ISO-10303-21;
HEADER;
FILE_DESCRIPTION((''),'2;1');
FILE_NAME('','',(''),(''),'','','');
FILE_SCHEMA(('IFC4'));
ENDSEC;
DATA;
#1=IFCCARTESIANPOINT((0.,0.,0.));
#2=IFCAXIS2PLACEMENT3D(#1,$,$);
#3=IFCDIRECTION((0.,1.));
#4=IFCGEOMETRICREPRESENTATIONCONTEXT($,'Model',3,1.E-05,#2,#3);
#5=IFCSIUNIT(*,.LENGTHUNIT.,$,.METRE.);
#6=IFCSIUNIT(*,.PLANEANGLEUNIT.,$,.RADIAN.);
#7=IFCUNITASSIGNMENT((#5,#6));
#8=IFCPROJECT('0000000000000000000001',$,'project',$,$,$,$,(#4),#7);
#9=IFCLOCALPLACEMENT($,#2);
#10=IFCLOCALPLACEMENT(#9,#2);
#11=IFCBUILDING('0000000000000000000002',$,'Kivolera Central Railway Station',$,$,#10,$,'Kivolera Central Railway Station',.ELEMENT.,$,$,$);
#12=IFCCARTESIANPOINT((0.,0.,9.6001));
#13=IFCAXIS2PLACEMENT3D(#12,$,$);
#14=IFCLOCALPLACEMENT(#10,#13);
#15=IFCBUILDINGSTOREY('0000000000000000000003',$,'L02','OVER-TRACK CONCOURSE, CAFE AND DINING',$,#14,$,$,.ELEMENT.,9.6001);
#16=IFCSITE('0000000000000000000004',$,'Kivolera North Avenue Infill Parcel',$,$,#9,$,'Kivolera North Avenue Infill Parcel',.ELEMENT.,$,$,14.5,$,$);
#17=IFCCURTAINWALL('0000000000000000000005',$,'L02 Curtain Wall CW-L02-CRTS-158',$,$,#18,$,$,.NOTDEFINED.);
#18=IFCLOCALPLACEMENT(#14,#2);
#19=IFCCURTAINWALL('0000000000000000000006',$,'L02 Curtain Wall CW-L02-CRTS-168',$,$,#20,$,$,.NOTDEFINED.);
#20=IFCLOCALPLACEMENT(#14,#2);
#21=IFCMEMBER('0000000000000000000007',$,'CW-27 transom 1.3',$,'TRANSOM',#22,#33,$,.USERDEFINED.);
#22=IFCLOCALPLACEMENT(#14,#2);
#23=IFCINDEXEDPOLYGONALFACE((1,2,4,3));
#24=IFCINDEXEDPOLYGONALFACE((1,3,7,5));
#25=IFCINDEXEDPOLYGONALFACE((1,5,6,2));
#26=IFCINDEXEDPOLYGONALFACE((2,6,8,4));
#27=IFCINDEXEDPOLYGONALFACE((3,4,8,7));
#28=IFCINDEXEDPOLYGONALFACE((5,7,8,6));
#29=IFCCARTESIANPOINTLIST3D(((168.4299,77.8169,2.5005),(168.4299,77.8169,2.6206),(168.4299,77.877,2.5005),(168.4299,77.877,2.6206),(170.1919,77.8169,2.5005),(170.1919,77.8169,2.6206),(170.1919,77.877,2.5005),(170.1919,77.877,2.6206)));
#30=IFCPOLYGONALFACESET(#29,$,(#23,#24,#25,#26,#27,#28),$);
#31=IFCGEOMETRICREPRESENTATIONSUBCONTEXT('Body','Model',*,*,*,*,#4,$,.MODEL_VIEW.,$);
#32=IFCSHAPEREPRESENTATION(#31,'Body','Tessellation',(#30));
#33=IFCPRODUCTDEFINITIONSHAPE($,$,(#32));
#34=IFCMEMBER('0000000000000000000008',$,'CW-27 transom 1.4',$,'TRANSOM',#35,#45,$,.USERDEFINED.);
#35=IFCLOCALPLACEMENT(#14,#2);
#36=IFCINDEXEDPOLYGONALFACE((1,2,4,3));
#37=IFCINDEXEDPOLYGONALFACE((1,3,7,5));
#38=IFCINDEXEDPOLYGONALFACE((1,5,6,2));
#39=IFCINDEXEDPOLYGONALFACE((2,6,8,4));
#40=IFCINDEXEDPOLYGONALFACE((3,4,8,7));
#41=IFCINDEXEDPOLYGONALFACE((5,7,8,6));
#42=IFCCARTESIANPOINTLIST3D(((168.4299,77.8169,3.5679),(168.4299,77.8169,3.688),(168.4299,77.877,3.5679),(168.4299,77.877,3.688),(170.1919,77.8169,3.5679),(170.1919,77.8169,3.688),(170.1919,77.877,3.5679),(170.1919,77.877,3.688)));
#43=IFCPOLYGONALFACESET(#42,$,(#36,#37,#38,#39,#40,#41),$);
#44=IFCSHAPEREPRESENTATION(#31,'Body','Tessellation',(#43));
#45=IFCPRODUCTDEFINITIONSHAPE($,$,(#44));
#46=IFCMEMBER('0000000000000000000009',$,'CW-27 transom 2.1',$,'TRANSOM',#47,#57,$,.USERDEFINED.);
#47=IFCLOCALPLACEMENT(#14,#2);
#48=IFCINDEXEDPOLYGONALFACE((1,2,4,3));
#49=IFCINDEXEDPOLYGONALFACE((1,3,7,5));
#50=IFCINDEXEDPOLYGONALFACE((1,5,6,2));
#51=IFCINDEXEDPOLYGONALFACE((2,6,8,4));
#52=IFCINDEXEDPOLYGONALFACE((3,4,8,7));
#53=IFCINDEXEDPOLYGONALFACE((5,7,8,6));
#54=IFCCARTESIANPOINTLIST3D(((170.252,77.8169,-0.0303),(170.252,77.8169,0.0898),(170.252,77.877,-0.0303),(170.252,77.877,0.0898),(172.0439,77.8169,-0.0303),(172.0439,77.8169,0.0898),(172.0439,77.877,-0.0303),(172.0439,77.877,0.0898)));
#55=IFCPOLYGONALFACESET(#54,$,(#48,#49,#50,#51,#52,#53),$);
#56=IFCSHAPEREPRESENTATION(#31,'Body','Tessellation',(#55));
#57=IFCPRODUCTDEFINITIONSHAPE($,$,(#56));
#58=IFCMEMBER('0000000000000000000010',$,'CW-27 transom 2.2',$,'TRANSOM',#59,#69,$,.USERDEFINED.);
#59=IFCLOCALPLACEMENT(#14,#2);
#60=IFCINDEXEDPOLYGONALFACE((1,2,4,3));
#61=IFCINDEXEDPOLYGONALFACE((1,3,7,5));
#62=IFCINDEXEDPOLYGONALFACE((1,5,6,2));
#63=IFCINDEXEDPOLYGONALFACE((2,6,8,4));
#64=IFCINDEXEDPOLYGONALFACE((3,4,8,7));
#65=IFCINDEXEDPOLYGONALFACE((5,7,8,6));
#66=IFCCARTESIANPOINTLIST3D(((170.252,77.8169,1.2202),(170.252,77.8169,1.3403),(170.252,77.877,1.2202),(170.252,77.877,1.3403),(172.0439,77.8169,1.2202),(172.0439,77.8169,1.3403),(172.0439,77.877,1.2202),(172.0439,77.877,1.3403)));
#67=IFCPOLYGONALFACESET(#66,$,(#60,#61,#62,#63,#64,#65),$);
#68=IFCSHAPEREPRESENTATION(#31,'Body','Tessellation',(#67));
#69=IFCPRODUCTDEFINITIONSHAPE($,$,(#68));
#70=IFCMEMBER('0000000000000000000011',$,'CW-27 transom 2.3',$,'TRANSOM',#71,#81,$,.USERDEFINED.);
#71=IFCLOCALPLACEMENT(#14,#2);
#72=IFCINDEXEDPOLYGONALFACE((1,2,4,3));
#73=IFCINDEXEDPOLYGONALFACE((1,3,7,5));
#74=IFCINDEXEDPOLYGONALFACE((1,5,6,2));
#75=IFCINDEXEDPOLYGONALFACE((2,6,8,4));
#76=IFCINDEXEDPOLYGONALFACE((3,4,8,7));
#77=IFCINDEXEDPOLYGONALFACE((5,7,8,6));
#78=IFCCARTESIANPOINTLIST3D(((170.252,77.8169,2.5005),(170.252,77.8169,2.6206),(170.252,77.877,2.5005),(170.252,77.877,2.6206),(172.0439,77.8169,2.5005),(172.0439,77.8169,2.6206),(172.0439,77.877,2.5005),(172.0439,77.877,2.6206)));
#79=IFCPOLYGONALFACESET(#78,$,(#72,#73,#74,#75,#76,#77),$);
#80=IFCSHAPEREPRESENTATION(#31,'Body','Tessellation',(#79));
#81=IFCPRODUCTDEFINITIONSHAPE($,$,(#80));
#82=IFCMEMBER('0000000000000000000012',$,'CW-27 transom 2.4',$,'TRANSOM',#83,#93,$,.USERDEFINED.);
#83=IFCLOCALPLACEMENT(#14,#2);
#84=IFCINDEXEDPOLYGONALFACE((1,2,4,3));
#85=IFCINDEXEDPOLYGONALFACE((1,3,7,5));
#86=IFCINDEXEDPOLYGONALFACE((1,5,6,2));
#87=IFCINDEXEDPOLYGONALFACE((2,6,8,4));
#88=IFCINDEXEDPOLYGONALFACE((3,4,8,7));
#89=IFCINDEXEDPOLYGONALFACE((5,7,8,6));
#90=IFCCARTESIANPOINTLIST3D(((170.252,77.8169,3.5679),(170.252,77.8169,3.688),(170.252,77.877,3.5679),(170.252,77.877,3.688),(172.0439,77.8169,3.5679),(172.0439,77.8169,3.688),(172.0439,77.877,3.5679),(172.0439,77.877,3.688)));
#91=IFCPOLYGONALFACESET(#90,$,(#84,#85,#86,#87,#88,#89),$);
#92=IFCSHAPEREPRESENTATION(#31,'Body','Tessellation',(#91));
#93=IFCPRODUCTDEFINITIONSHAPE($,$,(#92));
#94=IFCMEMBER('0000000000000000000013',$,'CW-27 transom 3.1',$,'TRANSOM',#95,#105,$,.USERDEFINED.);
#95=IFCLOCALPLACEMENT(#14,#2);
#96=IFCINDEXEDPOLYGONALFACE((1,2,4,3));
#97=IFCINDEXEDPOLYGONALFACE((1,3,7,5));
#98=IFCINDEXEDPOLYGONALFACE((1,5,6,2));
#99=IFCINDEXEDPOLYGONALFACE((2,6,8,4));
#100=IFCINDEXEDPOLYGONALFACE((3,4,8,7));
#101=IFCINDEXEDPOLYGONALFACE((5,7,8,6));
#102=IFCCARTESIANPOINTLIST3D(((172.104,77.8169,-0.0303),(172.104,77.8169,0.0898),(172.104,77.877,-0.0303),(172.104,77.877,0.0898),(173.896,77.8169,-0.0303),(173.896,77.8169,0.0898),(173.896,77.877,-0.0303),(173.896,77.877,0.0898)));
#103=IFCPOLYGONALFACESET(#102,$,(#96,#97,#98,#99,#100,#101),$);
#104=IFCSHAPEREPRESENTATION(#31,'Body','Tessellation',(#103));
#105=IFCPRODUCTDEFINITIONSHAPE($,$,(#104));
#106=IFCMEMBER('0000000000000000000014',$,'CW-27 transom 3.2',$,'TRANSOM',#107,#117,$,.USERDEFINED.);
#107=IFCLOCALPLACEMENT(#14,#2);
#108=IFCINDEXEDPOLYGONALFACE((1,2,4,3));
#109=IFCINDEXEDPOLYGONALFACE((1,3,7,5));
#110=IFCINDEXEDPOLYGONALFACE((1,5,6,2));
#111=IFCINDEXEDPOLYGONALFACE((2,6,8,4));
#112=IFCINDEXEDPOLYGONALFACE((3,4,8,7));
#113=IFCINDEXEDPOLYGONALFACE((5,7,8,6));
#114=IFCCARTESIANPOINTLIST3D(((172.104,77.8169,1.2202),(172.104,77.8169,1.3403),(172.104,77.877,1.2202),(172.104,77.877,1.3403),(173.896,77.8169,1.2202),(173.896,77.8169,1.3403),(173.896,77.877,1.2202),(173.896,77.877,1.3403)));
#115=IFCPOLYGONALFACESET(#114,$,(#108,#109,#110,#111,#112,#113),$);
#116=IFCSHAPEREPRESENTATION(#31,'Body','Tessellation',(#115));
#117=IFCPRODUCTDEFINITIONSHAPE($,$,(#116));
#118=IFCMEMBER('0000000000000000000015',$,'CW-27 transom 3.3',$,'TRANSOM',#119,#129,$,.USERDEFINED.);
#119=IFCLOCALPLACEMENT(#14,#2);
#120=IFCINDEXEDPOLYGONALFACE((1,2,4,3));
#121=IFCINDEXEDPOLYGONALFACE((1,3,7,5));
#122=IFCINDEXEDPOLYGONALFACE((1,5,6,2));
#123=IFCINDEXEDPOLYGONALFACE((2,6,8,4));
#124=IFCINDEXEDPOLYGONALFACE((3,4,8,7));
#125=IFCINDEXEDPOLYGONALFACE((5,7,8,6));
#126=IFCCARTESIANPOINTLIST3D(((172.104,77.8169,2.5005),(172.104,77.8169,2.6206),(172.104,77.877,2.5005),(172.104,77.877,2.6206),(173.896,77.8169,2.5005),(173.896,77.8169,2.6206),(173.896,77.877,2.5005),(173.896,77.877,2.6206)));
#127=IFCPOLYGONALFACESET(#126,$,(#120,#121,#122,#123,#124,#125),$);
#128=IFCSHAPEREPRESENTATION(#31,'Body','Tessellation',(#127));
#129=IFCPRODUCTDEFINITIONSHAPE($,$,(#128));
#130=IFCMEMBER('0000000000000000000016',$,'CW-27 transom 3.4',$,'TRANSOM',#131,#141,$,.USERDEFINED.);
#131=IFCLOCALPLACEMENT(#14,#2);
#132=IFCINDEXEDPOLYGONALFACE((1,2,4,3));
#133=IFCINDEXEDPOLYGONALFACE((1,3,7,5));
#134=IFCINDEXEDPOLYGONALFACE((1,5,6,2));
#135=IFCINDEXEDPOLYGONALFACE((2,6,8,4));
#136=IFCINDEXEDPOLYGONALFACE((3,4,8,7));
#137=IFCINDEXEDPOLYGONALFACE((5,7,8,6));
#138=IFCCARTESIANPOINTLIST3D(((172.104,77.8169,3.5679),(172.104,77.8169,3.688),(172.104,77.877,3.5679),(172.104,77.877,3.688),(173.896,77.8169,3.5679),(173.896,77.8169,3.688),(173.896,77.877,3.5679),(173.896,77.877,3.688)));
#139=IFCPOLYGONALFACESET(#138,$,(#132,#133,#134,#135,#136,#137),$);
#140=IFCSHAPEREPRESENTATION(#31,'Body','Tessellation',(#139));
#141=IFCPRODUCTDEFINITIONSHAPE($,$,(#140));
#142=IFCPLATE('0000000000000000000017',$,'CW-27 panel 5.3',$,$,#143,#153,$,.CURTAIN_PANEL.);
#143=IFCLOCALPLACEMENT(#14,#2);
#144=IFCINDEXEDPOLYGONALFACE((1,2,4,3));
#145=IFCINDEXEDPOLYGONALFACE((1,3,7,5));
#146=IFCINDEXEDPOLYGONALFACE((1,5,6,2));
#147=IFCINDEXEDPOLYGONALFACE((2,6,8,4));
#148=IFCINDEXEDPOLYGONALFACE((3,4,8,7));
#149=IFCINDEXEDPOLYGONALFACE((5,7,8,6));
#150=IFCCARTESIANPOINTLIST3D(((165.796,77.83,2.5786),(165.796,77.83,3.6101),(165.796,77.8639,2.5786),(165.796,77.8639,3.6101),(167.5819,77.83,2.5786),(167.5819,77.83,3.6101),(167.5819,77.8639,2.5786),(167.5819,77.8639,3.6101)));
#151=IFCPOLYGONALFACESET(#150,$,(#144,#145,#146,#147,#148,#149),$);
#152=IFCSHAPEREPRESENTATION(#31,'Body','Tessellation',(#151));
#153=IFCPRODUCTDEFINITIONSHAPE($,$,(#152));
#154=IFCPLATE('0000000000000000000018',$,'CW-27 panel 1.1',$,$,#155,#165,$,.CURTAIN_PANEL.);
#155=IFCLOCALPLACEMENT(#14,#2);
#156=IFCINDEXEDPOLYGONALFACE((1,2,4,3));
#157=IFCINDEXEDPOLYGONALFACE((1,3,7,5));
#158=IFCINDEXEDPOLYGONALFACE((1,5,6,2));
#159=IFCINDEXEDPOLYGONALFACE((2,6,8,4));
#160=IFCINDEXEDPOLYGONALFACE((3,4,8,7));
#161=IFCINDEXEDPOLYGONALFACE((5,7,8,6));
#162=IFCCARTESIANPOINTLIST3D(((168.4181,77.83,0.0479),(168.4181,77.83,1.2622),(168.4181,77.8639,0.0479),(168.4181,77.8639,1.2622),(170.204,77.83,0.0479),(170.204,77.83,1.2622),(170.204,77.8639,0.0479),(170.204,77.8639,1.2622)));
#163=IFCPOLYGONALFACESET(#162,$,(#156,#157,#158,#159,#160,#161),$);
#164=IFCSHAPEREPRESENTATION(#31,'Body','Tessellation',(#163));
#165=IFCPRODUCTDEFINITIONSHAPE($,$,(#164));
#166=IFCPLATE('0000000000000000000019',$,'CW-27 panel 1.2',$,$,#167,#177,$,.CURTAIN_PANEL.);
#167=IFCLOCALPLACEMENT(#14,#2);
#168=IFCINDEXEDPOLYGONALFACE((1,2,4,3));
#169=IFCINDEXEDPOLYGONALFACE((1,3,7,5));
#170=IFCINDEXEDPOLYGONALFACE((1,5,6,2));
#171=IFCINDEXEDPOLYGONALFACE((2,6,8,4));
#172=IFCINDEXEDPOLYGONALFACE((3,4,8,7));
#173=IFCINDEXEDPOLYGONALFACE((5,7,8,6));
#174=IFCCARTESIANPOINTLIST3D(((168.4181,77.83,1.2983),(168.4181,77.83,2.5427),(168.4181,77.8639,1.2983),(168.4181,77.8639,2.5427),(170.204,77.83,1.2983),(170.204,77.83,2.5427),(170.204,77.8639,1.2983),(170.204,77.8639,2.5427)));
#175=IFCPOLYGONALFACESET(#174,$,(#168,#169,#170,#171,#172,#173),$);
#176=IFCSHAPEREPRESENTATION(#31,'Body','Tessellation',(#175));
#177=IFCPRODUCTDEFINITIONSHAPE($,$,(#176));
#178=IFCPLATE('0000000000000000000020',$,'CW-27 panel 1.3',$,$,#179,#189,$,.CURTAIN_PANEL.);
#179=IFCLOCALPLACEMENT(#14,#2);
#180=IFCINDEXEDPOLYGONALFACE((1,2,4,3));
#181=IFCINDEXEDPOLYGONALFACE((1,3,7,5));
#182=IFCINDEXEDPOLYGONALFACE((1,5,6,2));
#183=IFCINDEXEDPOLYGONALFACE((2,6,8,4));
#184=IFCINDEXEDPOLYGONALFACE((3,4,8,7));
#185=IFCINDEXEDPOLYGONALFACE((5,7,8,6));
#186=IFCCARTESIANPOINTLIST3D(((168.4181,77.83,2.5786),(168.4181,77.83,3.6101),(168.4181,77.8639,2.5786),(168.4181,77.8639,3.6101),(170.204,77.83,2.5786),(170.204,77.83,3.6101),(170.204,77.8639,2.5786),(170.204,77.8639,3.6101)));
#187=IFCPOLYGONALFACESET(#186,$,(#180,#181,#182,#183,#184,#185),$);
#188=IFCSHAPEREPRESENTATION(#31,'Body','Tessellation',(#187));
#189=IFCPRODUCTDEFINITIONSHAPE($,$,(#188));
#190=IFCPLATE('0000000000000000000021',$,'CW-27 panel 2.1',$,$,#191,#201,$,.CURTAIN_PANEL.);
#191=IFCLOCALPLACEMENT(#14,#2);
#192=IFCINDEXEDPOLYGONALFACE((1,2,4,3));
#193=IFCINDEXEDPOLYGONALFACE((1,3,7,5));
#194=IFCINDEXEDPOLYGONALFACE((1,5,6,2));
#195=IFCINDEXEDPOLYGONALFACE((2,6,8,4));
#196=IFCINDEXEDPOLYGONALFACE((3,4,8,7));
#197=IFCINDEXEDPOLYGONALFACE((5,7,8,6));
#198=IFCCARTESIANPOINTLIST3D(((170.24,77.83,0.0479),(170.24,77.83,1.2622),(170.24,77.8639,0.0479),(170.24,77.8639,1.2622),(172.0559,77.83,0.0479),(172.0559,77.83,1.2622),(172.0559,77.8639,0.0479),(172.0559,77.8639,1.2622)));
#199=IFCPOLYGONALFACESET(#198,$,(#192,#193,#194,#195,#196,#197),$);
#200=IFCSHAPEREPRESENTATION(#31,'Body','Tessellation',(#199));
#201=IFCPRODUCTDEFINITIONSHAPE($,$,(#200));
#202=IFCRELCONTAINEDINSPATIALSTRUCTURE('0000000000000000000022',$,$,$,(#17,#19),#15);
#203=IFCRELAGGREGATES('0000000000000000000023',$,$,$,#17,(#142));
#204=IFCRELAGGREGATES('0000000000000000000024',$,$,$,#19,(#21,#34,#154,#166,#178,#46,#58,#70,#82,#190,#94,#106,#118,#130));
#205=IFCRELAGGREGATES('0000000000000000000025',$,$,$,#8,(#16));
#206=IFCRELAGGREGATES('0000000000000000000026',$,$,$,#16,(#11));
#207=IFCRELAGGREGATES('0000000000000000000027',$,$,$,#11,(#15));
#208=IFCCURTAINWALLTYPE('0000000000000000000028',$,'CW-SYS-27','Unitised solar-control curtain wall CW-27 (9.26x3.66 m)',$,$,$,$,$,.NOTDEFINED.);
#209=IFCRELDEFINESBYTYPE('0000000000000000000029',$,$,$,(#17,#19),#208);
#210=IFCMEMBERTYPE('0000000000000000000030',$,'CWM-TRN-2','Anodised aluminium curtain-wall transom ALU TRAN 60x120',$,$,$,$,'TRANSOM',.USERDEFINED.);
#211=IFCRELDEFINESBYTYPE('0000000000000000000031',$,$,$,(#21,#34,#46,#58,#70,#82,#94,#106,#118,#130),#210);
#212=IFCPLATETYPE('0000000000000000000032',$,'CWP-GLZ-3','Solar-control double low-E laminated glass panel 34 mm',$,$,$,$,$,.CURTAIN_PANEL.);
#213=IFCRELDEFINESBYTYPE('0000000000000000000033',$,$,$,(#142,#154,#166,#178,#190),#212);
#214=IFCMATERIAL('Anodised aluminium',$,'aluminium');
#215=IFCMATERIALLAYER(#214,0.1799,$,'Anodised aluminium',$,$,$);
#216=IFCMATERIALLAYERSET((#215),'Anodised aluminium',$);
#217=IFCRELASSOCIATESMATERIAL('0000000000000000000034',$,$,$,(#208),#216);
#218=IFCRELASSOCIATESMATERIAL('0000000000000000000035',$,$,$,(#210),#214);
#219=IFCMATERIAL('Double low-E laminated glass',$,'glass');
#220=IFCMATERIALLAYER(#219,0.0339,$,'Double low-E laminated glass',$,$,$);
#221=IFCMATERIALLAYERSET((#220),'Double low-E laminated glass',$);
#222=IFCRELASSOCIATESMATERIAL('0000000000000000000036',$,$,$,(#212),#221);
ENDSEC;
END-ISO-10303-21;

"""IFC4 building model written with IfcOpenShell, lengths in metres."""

from ifc_helpers import new_model, si_unit, direction, frame, origin, origin_2d, place, context, subcontext, project, spatial, rectangle, extrude, material, layer, layer_set, material_profile, profile_set, type_object, element, aggregate, save


model = new_model("IFC4")

# Units and contexts
model_context = context("Model", 3, precision=1e-05, world=origin(), true_north=direction((0.0, 1.0)))
body_context = subcontext(model_context, "Body", "Model", "MODEL_VIEW")
ifc_project = project(units=[si_unit("LENGTHUNIT", "METRE"), si_unit("PLANEANGLEUNIT", "RADIAN")], contexts=[model_context])

# Site, building, storey
site_placement = place(None, origin())
site = spatial("IfcSite", under=ifc_project, at=site_placement, Name="Kivolera North Avenue Infill Parcel", LongName="Kivolera North Avenue Infill Parcel", CompositionType="ELEMENT", RefElevation=14.5)
building_placement = place(site_placement, origin())
building = spatial("IfcBuilding", under=site, at=building_placement, Name="Kivolera Central Railway Station", LongName="Kivolera Central Railway Station", CompositionType="ELEMENT")
storey_placement = place(building_placement, frame((0.0, 0.0, 9.6001)))
storey = spatial("IfcBuildingStorey", under=building, at=storey_placement, Name="L02", Description="OVER-TRACK CONCOURSE, CAFE AND DINING", CompositionType="ELEMENT", Elevation=9.6001)

# Curtain wall
ifc_material_1 = material(Name="Anodised aluminium", Category="aluminium")
ifc_layer_1 = layer(ifc_material_1, 0.1799, Name="Anodised aluminium")
ifc_layer_set_1 = layer_set([ifc_layer_1], Name="Anodised aluminium")
curtain_wall_type = type_object("IfcCurtainWallType", Name="CW-SYS-27", Description="Unitised solar-control curtain wall CW-27 (9.26x3.66 m)", PredefinedType="NOTDEFINED", material=ifc_layer_set_1)
curtain_wall_1_placement = place(storey_placement, origin())
curtain_wall_1 = element("IfcCurtainWall", 1, at=curtain_wall_1_placement, inside=storey, type_object=curtain_wall_type, Name="L02 Curtain Wall CW-L02-CRTS-158", PredefinedType="NOTDEFINED")

# Curtain wall, members
curtain_wall_2_placement = place(storey_placement, origin())
curtain_wall_2 = element("IfcCurtainWall", 2, at=curtain_wall_2_placement, inside=storey, type_object=curtain_wall_type, Name="L02 Curtain Wall CW-L02-CRTS-168", PredefinedType="NOTDEFINED")
ifc_material_profile_1 = material_profile(ifc_material_1, rectangle(XDim=0.0601, YDim=0.1201, at=origin_2d()), Name="ALU TRAN 60x120")
ifc_profile_set_1 = profile_set([ifc_material_profile_1], Name="Anodised aluminium")
member_type_1 = type_object("IfcMemberType", Name="CWM-TRN-2", Description="Anodised aluminium curtain-wall transom ALU TRAN 60x120", ElementType="TRANSOM", PredefinedType="USERDEFINED", material=ifc_profile_set_1)
member_1_placement = place(storey_placement, frame((168.4299, 77.8469, 2.5605), z_axis=(1.0, 0.0, 0.0), x_axis=(0.0, 1.0, 0.0)))
member_1 = element("IfcMember", 3, at=member_1_placement, type_object=member_type_1, Name="CW-27 transom 1.3", ObjectType="TRANSOM", PredefinedType="USERDEFINED", context=body_context, shape_type="SweptSolid", body=[
    extrude(rectangle(XDim=0.0601, YDim=0.1201, at=origin_2d()), origin(), (0.0, 0.0, 1.0), 1.762),
])
member_2_placement = place(storey_placement, frame((168.4299, 77.8469, 3.6279), z_axis=(1.0, 0.0, 0.0), x_axis=(0.0, 1.0, 0.0)))
member_2 = element("IfcMember", 4, at=member_2_placement, type_object=member_type_1, Name="CW-27 transom 1.4", ObjectType="TRANSOM", PredefinedType="USERDEFINED", context=body_context, shape_type="SweptSolid", body=[
    extrude(rectangle(XDim=0.0601, YDim=0.1201, at=origin_2d()), origin(), (0.0, 0.0, 1.0), 1.762),
])
member_3_placement = place(storey_placement, frame((170.252, 77.8469, 0.0298), z_axis=(1.0, 0.0, 0.0), x_axis=(0.0, 1.0, 0.0)))
member_3 = element("IfcMember", 5, at=member_3_placement, type_object=member_type_1, Name="CW-27 transom 2.1", ObjectType="TRANSOM", PredefinedType="USERDEFINED", context=body_context, shape_type="SweptSolid", body=[
    extrude(rectangle(XDim=0.0601, YDim=0.1201, at=origin_2d()), origin(), (0.0, 0.0, 1.0), 1.792),
])
member_4_placement = place(storey_placement, frame((170.252, 77.8469, 1.2803), z_axis=(1.0, 0.0, 0.0), x_axis=(0.0, 1.0, 0.0)))
member_4 = element("IfcMember", 6, at=member_4_placement, type_object=member_type_1, Name="CW-27 transom 2.2", ObjectType="TRANSOM", PredefinedType="USERDEFINED", context=body_context, shape_type="SweptSolid", body=[
    extrude(rectangle(XDim=0.0601, YDim=0.1201, at=origin_2d()), origin(), (0.0, 0.0, 1.0), 1.792),
])
member_5_placement = place(storey_placement, frame((170.252, 77.8469, 2.5605), z_axis=(1.0, 0.0, 0.0), x_axis=(0.0, 1.0, 0.0)))
member_5 = element("IfcMember", 7, at=member_5_placement, type_object=member_type_1, Name="CW-27 transom 2.3", ObjectType="TRANSOM", PredefinedType="USERDEFINED", context=body_context, shape_type="SweptSolid", body=[
    extrude(rectangle(XDim=0.0601, YDim=0.1201, at=origin_2d()), origin(), (0.0, 0.0, 1.0), 1.792),
])
member_6_placement = place(storey_placement, frame((170.252, 77.8469, 3.6279), z_axis=(1.0, 0.0, 0.0), x_axis=(0.0, 1.0, 0.0)))
member_6 = element("IfcMember", 8, at=member_6_placement, type_object=member_type_1, Name="CW-27 transom 2.4", ObjectType="TRANSOM", PredefinedType="USERDEFINED", context=body_context, shape_type="SweptSolid", body=[
    extrude(rectangle(XDim=0.0601, YDim=0.1201, at=origin_2d()), origin(), (0.0, 0.0, 1.0), 1.792),
])
member_7_placement = place(storey_placement, frame((172.104, 77.8469, 0.0298), z_axis=(1.0, 0.0, 0.0), x_axis=(0.0, 1.0, 0.0)))
member_7 = element("IfcMember", 9, at=member_7_placement, type_object=member_type_1, Name="CW-27 transom 3.1", ObjectType="TRANSOM", PredefinedType="USERDEFINED", context=body_context, shape_type="SweptSolid", body=[
    extrude(rectangle(XDim=0.0601, YDim=0.1201, at=origin_2d()), origin(), (0.0, 0.0, 1.0), 1.792),
])
member_8_placement = place(storey_placement, frame((172.104, 77.8469, 1.2803), z_axis=(1.0, 0.0, 0.0), x_axis=(0.0, 1.0, 0.0)))
member_8 = element("IfcMember", 10, at=member_8_placement, type_object=member_type_1, Name="CW-27 transom 3.2", ObjectType="TRANSOM", PredefinedType="USERDEFINED", context=body_context, shape_type="SweptSolid", body=[
    extrude(rectangle(XDim=0.0601, YDim=0.1201, at=origin_2d()), origin(), (0.0, 0.0, 1.0), 1.792),
])
member_9_placement = place(storey_placement, frame((172.104, 77.8469, 2.5605), z_axis=(1.0, 0.0, 0.0), x_axis=(0.0, 1.0, 0.0)))
member_9 = element("IfcMember", 11, at=member_9_placement, type_object=member_type_1, Name="CW-27 transom 3.3", ObjectType="TRANSOM", PredefinedType="USERDEFINED", context=body_context, shape_type="SweptSolid", body=[
    extrude(rectangle(XDim=0.0601, YDim=0.1201, at=origin_2d()), origin(), (0.0, 0.0, 1.0), 1.792),
])
member_10_placement = place(storey_placement, frame((172.104, 77.8469, 3.6279), z_axis=(1.0, 0.0, 0.0), x_axis=(0.0, 1.0, 0.0)))
member_10 = element("IfcMember", 12, at=member_10_placement, type_object=member_type_1, Name="CW-27 transom 3.4", ObjectType="TRANSOM", PredefinedType="USERDEFINED", context=body_context, shape_type="SweptSolid", body=[
    extrude(rectangle(XDim=0.0601, YDim=0.1201, at=origin_2d()), origin(), (0.0, 0.0, 1.0), 1.792),
])

# Plates
ifc_material_2 = material(Name="Double low-E laminated glass", Category="glass")
ifc_layer_2 = layer(ifc_material_2, 0.0339, Name="Double low-E laminated glass")
ifc_layer_set_2 = layer_set([ifc_layer_2], Name="Double low-E laminated glass")
plate_type = type_object("IfcPlateType", Name="CWP-GLZ-3", Description="Solar-control double low-E laminated glass panel 34 mm", PredefinedType="CURTAIN_PANEL", material=ifc_layer_set_2)
plate_1_placement = place(storey_placement, frame((166.689, 77.8469, 2.5786), z_axis=(0.0, 0.0, 1.0), x_axis=(1.0, 0.0, 0.0)))
plate_1 = element("IfcPlate", 13, at=plate_1_placement, type_object=plate_type, Name="CW-27 panel 5.3", PredefinedType="CURTAIN_PANEL", context=body_context, shape_type="SweptSolid", body=[
    extrude(rectangle(XDim=1.7859, YDim=0.0339, at=origin_2d()), origin(), (0.0, 0.0, 1.0), 1.0315),
])
aggregate(curtain_wall_1, [plate_1])
plate_2_placement = place(storey_placement, frame((169.311, 77.8469, 0.0479), z_axis=(0.0, 0.0, 1.0), x_axis=(1.0, 0.0, 0.0)))
plate_2 = element("IfcPlate", 14, at=plate_2_placement, type_object=plate_type, Name="CW-27 panel 1.1", PredefinedType="CURTAIN_PANEL", context=body_context, shape_type="SweptSolid", body=[
    extrude(rectangle(XDim=1.7859, YDim=0.0339, at=origin_2d()), origin(), (0.0, 0.0, 1.0), 1.2144),
])
plate_3_placement = place(storey_placement, frame((169.311, 77.8469, 1.2983), z_axis=(0.0, 0.0, 1.0), x_axis=(1.0, 0.0, 0.0)))
plate_3 = element("IfcPlate", 15, at=plate_3_placement, type_object=plate_type, Name="CW-27 panel 1.2", PredefinedType="CURTAIN_PANEL", context=body_context, shape_type="SweptSolid", body=[
    extrude(rectangle(XDim=1.7859, YDim=0.0339, at=origin_2d()), origin(), (0.0, 0.0, 1.0), 1.2444),
])
plate_4_placement = place(storey_placement, frame((169.311, 77.8469, 2.5786), z_axis=(0.0, 0.0, 1.0), x_axis=(1.0, 0.0, 0.0)))
plate_4 = element("IfcPlate", 16, at=plate_4_placement, type_object=plate_type, Name="CW-27 panel 1.3", PredefinedType="CURTAIN_PANEL", context=body_context, shape_type="SweptSolid", body=[
    extrude(rectangle(XDim=1.7859, YDim=0.0339, at=origin_2d()), origin(), (0.0, 0.0, 1.0), 1.0315),
])
plate_5_placement = place(storey_placement, frame((171.1479, 77.8469, 0.0479), z_axis=(0.0, 0.0, 1.0), x_axis=(1.0, 0.0, 0.0)))
plate_5 = element("IfcPlate", 17, at=plate_5_placement, type_object=plate_type, Name="CW-27 panel 2.1", PredefinedType="CURTAIN_PANEL", context=body_context, shape_type="SweptSolid", body=[
    extrude(rectangle(XDim=1.8159, YDim=0.0339, at=origin_2d()), origin(), (0.0, 0.0, 1.0), 1.2144),
])
aggregate(curtain_wall_2, [member_1, member_2, plate_2, plate_3, plate_4, member_3, member_4, member_5, member_6, plate_5, member_7, member_8, member_9, member_10])

save(model, "model.ifc")
